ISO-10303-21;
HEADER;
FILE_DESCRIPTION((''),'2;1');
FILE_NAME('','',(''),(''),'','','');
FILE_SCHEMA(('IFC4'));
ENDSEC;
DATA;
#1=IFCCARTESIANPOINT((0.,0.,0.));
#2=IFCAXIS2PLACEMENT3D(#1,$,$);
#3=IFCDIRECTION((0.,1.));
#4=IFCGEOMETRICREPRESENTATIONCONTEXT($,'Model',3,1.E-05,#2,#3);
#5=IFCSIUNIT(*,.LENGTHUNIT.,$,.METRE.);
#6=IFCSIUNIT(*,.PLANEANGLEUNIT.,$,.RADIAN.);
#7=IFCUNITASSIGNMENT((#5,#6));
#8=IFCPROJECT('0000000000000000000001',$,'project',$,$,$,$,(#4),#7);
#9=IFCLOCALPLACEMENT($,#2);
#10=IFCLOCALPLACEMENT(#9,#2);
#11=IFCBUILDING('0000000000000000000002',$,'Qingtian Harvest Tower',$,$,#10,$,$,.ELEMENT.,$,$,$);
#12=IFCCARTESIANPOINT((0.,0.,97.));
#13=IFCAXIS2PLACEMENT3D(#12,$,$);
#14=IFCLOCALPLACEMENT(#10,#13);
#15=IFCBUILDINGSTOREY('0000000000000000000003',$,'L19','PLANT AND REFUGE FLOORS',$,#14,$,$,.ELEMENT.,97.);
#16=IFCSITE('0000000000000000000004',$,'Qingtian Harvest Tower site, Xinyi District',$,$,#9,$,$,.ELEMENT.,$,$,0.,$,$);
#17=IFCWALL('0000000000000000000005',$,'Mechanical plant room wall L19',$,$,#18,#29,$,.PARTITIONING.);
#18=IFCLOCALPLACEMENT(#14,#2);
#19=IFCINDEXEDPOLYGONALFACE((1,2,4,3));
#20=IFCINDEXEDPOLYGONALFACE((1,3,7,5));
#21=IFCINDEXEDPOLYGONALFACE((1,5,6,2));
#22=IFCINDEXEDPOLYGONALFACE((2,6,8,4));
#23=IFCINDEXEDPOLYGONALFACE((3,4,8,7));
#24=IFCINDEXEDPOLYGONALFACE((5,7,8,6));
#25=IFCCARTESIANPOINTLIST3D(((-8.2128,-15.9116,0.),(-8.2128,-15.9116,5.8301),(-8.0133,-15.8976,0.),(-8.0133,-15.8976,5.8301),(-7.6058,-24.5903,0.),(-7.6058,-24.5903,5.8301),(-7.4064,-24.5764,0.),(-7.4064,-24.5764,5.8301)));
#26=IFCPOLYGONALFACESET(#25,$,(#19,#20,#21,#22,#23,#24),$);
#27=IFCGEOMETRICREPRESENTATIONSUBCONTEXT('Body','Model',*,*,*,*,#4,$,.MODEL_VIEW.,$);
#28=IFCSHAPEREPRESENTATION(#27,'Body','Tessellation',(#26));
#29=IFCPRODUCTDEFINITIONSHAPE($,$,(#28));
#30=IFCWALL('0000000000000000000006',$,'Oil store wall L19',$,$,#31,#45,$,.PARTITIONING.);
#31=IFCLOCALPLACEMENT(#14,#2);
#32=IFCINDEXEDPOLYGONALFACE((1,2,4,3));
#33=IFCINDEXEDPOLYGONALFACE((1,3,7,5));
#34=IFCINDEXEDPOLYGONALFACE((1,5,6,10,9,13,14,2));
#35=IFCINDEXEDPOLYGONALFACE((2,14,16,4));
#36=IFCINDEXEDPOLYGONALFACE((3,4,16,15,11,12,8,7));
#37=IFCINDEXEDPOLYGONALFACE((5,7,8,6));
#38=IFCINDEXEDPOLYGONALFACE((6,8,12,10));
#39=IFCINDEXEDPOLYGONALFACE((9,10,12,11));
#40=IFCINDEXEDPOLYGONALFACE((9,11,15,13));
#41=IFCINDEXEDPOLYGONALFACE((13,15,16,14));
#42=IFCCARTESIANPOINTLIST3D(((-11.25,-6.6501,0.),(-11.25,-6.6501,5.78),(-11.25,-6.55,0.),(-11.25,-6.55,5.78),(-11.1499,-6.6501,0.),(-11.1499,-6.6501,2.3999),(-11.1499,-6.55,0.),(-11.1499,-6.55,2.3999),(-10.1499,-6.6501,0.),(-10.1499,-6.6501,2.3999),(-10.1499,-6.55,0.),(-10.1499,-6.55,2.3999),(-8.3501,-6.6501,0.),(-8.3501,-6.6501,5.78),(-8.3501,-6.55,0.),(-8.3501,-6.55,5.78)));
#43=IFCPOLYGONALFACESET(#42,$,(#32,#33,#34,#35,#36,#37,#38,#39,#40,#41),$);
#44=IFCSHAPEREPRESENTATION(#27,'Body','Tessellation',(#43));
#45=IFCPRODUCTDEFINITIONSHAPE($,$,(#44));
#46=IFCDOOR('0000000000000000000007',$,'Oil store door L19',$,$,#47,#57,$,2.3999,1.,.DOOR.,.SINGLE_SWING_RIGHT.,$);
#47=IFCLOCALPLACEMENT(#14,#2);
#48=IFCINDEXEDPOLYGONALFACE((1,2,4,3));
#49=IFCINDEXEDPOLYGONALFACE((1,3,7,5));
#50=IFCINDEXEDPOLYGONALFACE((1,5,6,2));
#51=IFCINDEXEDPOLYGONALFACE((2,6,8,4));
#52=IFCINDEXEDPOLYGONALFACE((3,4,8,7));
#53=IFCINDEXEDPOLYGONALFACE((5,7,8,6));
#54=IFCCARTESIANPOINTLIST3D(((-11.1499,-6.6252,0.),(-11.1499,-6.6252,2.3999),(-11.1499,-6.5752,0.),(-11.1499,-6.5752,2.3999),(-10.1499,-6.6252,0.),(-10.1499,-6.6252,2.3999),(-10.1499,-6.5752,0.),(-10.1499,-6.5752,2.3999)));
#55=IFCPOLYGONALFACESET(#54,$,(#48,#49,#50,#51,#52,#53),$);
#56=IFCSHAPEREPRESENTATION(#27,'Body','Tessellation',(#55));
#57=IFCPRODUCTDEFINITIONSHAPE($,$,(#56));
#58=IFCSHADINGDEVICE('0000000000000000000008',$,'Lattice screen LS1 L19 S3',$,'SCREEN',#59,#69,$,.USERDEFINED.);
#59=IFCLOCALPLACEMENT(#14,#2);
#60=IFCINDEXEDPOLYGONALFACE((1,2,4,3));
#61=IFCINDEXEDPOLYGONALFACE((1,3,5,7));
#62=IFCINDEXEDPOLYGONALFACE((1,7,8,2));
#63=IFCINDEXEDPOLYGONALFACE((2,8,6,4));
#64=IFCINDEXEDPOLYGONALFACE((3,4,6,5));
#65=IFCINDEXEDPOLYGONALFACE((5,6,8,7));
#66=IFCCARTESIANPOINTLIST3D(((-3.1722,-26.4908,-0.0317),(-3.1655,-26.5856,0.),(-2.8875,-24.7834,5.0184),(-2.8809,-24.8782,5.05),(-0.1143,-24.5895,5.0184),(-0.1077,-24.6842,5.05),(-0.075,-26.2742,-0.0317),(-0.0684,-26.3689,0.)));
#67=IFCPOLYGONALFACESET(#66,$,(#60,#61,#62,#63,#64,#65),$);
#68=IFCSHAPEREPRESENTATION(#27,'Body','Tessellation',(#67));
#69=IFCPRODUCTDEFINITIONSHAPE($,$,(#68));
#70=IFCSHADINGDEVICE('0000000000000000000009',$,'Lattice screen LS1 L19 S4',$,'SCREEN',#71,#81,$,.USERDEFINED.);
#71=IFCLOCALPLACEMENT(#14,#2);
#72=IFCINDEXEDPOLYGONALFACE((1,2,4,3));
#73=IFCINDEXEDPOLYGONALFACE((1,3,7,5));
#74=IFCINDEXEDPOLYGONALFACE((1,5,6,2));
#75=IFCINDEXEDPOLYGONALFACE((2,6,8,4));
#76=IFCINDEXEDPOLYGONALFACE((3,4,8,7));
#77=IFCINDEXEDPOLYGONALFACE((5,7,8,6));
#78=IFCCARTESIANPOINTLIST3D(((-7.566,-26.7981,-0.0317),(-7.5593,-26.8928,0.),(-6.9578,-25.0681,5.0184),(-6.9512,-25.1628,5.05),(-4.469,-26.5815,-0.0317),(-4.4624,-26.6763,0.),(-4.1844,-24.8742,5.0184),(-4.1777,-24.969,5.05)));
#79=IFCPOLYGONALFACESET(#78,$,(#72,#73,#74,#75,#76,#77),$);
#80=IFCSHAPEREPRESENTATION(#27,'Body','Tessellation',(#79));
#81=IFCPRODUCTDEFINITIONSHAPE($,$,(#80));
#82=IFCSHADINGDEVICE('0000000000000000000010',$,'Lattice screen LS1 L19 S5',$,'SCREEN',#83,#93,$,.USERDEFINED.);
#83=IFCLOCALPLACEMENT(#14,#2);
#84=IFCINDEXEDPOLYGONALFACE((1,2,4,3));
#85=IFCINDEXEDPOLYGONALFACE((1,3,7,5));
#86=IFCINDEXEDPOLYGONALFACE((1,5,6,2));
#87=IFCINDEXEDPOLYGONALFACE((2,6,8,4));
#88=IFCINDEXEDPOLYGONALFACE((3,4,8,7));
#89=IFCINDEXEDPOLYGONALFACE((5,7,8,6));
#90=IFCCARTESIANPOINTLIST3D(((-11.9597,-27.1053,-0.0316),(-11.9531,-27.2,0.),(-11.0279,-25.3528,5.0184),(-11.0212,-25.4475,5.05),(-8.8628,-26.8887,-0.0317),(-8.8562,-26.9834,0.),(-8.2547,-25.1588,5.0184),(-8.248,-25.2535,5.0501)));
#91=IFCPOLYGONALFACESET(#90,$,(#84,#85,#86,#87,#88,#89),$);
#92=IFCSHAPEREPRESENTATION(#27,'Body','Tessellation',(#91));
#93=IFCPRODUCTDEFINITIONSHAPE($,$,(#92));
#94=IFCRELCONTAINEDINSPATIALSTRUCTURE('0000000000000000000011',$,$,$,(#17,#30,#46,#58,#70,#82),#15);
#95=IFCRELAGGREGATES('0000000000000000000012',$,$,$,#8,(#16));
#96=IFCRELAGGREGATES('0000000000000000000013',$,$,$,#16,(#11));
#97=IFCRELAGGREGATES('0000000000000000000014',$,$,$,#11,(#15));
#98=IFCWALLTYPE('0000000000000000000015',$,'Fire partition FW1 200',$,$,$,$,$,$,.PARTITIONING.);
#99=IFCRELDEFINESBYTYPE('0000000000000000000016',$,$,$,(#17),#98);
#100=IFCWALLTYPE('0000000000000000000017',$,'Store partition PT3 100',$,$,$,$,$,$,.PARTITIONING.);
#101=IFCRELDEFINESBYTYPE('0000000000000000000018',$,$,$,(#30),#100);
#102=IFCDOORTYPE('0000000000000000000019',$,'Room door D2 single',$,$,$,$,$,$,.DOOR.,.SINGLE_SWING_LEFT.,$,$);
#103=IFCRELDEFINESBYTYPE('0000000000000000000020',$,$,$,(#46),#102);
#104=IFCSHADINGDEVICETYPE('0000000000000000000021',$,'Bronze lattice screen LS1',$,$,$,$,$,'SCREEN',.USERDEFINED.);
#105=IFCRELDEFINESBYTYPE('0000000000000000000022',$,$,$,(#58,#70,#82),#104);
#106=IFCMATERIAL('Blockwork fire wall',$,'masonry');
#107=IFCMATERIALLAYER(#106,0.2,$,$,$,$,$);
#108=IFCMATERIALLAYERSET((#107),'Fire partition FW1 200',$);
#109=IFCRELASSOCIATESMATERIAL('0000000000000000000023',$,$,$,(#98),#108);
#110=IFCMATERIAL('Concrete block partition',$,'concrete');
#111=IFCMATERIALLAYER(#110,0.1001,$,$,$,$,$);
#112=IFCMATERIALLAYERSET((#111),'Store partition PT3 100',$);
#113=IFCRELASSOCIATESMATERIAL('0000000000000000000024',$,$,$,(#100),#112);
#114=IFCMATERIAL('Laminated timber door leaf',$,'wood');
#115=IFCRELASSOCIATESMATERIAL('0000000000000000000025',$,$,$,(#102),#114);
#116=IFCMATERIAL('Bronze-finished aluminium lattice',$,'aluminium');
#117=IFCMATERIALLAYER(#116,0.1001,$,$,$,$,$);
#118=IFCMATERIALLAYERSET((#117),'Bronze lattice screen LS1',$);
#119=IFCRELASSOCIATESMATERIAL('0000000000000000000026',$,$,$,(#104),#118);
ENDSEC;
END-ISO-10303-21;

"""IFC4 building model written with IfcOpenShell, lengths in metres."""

from ifc_helpers import new_model, si_unit, direction, frame, frame_2d, origin, place, context, subcontext, project, spatial, polyline, rectangle, outline, extrude, material, layer, layer_set, type_object, element, fill, save


model = new_model("IFC4")

# Units and contexts
model_context = context("Model", 3, precision=1e-05, world=origin(), true_north=direction((0.0, 1.0)))
body_context = subcontext(model_context, "Body", "Model", "MODEL_VIEW")
ifc_project = project(units=[si_unit("LENGTHUNIT", "METRE"), si_unit("PLANEANGLEUNIT", "RADIAN")], contexts=[model_context])

# Site, building, storey
site_placement = place(None, origin())
site = spatial("IfcSite", under=ifc_project, at=site_placement, Name="Qingtian Harvest Tower site, Xinyi District", CompositionType="ELEMENT", RefElevation=0.0)
building_placement = place(site_placement, origin())
building = spatial("IfcBuilding", under=site, at=building_placement, Name="Qingtian Harvest Tower", CompositionType="ELEMENT")
storey_placement = place(building_placement, frame((0.0, 0.0, 97.0)))
storey = spatial("IfcBuildingStorey", under=building, at=storey_placement, Name="L19", Description="PLANT AND REFUGE FLOORS", CompositionType="ELEMENT", Elevation=97.0)

# Wall
ifc_material_1 = material(Name="Blockwork fire wall", Category="masonry")
ifc_layer_1 = layer(ifc_material_1, 0.2)
ifc_layer_set_1 = layer_set([ifc_layer_1], Name="Fire partition FW1 200")
wall_type_1 = type_object("IfcWallType", Name="Fire partition FW1 200", PredefinedType="PARTITIONING", material=ifc_layer_set_1)
wall_1_placement = place(storey_placement, frame((-7.5061, -24.5835, 0.0), z_axis=(0.0, 0.0, 1.0), x_axis=(-0.069763, 0.997564, 0.0)))
element("IfcWall", 1, at=wall_1_placement, inside=storey, type_object=wall_type_1, Name="Mechanical plant room wall L19", PredefinedType="PARTITIONING", context=body_context, shape_type="SweptSolid", body=[
    extrude(rectangle(XDim=8.7, YDim=0.2, at=frame_2d((4.3501, 0.0))), origin(), (0.0, 0.0, 1.0), 5.8301),
])

# Wall, opening, door
ifc_material_2 = material(Name="Concrete block partition", Category="concrete")
ifc_layer_2 = layer(ifc_material_2, 0.1001)
ifc_layer_set_2 = layer_set([ifc_layer_2], Name="Store partition PT3 100")
wall_type_2 = type_object("IfcWallType", Name="Store partition PT3 100", PredefinedType="PARTITIONING", material=ifc_layer_set_2)
wall_2_placement = place(storey_placement, frame((-11.25, -6.6001, 0.0), z_axis=(0.0, 0.0, 1.0), x_axis=(1.0, 0.0, 0.0)))
wall_2 = element("IfcWall", 2, at=wall_2_placement, inside=storey, type_object=wall_type_2, Name="Oil store wall L19", PredefinedType="PARTITIONING", context=body_context, shape_type="SweptSolid", body=[
    extrude(rectangle(XDim=2.8999, YDim=0.1001, at=frame_2d((1.45, 0.0))), origin(), (0.0, 0.0, 1.0), 5.78),
])
opening_1_placement = place(wall_2_placement, frame((0.1001, 0.0, 0.0)))
opening_1 = element("IfcOpeningElement", 3, at=opening_1_placement, cuts=wall_2, PredefinedType="OPENING", context=body_context, shape_type="SweptSolid", body=[
    extrude(rectangle(XDim=1.0, YDim=2.3999, at=frame_2d((0.5, 1.2))), frame((0.0, 0.0601, 0.0), z_axis=(0.0, -1.0, 0.0), x_axis=(1.0, 0.0, 0.0)), (0.0, 0.0, 1.0), 0.1201),
])
ifc_material_3 = material(Name="Laminated timber door leaf", Category="wood")
door_type_1 = type_object("IfcDoorType", Name="Room door D2 single", OperationType="SINGLE_SWING_LEFT", PredefinedType="DOOR", material=ifc_material_3)
door_1_placement = place(opening_1_placement, origin())
door_1 = element("IfcDoor", 4, at=door_1_placement, inside=storey, type_object=door_type_1, Name="Oil store door L19", OperationType="SINGLE_SWING_RIGHT", OverallHeight=2.3999, OverallWidth=1.0, PredefinedType="DOOR", context=body_context, shape_type="SweptSolid", body=[
    extrude(rectangle(XDim=1.0, YDim=2.3999, at=frame_2d((0.5, 1.2))), frame((0.0, 0.0249, 0.0), z_axis=(0.0, -1.0, 0.0), x_axis=(1.0, 0.0, 0.0)), (0.0, 0.0, 1.0), 0.05),
])
fill(opening_1, door_1)

# Shading devices
ifc_material_4 = material(Name="Bronze-finished aluminium lattice", Category="aluminium")
ifc_layer_3 = layer(ifc_material_4, 0.1001)
ifc_layer_set_3 = layer_set([ifc_layer_3], Name="Bronze lattice screen LS1")
shading_device_type = type_object("IfcShadingDeviceType", Name="Bronze lattice screen LS1", ElementType="SCREEN", PredefinedType="USERDEFINED", material=ifc_layer_set_3)
shading_device_1_placement = place(storey_placement, frame((-0.0684, -26.3689, 0.0), z_axis=(0.066201, -0.946371, 0.316228), x_axis=(-0.997562, -0.069786, -0.000014)))
element("IfcShadingDevice", 5, at=shading_device_1_placement, inside=storey, type_object=shading_device_type, Name="Lattice screen LS1 L19 S3", ObjectType="SCREEN", PredefinedType="USERDEFINED", context=body_context, shape_type="SweptSolid", body=[
    extrude(outline(polyline([(0.0, 0.0), (3.1047, 0.0), (2.7015, -5.3233), (-0.0784, -5.3232), (0.0, 0.0)])), origin(), (0.0, 0.0, -1.0), 0.1001),
])
shading_device_2_placement = place(storey_placement, frame((-4.4624, -26.6763, 0.0), z_axis=(0.066162, -0.946376, 0.316221), x_axis=(-0.997565, -0.069742, -0.000004)))
element("IfcShadingDevice", 6, at=shading_device_2_placement, inside=storey, type_object=shading_device_type, Name="Lattice screen LS1 L19 S4", ObjectType="SCREEN", PredefinedType="USERDEFINED", context=body_context, shape_type="SweptSolid", body=[
    extrude(outline(polyline([(0.0, 0.0), (3.1045, 0.0), (2.3771, -5.3232), (-0.4031, -5.3232), (0.0, 0.0)])), origin(), (0.0, 0.0, -1.0), 0.1001),
])
shading_device_3_placement = place(storey_placement, frame((-8.8562, -26.9834, 0.0), z_axis=(0.066204, -0.946377, 0.316208), x_axis=(-0.997562, -0.069782, 0.000009)))
element("IfcShadingDevice", 7, at=shading_device_3_placement, inside=storey, type_object=shading_device_type, Name="Lattice screen LS1 L19 S5", ObjectType="SCREEN", PredefinedType="USERDEFINED", context=body_context, shape_type="SweptSolid", body=[
    extrude(outline(polyline([(0.0, 0.0), (3.1045, 0.0), (2.0526, -5.3232), (-0.7273, -5.3232), (0.0, 0.0)])), origin(), (0.0, 0.0, -1.0), 0.1001),
])

save(model, "model.ifc")
